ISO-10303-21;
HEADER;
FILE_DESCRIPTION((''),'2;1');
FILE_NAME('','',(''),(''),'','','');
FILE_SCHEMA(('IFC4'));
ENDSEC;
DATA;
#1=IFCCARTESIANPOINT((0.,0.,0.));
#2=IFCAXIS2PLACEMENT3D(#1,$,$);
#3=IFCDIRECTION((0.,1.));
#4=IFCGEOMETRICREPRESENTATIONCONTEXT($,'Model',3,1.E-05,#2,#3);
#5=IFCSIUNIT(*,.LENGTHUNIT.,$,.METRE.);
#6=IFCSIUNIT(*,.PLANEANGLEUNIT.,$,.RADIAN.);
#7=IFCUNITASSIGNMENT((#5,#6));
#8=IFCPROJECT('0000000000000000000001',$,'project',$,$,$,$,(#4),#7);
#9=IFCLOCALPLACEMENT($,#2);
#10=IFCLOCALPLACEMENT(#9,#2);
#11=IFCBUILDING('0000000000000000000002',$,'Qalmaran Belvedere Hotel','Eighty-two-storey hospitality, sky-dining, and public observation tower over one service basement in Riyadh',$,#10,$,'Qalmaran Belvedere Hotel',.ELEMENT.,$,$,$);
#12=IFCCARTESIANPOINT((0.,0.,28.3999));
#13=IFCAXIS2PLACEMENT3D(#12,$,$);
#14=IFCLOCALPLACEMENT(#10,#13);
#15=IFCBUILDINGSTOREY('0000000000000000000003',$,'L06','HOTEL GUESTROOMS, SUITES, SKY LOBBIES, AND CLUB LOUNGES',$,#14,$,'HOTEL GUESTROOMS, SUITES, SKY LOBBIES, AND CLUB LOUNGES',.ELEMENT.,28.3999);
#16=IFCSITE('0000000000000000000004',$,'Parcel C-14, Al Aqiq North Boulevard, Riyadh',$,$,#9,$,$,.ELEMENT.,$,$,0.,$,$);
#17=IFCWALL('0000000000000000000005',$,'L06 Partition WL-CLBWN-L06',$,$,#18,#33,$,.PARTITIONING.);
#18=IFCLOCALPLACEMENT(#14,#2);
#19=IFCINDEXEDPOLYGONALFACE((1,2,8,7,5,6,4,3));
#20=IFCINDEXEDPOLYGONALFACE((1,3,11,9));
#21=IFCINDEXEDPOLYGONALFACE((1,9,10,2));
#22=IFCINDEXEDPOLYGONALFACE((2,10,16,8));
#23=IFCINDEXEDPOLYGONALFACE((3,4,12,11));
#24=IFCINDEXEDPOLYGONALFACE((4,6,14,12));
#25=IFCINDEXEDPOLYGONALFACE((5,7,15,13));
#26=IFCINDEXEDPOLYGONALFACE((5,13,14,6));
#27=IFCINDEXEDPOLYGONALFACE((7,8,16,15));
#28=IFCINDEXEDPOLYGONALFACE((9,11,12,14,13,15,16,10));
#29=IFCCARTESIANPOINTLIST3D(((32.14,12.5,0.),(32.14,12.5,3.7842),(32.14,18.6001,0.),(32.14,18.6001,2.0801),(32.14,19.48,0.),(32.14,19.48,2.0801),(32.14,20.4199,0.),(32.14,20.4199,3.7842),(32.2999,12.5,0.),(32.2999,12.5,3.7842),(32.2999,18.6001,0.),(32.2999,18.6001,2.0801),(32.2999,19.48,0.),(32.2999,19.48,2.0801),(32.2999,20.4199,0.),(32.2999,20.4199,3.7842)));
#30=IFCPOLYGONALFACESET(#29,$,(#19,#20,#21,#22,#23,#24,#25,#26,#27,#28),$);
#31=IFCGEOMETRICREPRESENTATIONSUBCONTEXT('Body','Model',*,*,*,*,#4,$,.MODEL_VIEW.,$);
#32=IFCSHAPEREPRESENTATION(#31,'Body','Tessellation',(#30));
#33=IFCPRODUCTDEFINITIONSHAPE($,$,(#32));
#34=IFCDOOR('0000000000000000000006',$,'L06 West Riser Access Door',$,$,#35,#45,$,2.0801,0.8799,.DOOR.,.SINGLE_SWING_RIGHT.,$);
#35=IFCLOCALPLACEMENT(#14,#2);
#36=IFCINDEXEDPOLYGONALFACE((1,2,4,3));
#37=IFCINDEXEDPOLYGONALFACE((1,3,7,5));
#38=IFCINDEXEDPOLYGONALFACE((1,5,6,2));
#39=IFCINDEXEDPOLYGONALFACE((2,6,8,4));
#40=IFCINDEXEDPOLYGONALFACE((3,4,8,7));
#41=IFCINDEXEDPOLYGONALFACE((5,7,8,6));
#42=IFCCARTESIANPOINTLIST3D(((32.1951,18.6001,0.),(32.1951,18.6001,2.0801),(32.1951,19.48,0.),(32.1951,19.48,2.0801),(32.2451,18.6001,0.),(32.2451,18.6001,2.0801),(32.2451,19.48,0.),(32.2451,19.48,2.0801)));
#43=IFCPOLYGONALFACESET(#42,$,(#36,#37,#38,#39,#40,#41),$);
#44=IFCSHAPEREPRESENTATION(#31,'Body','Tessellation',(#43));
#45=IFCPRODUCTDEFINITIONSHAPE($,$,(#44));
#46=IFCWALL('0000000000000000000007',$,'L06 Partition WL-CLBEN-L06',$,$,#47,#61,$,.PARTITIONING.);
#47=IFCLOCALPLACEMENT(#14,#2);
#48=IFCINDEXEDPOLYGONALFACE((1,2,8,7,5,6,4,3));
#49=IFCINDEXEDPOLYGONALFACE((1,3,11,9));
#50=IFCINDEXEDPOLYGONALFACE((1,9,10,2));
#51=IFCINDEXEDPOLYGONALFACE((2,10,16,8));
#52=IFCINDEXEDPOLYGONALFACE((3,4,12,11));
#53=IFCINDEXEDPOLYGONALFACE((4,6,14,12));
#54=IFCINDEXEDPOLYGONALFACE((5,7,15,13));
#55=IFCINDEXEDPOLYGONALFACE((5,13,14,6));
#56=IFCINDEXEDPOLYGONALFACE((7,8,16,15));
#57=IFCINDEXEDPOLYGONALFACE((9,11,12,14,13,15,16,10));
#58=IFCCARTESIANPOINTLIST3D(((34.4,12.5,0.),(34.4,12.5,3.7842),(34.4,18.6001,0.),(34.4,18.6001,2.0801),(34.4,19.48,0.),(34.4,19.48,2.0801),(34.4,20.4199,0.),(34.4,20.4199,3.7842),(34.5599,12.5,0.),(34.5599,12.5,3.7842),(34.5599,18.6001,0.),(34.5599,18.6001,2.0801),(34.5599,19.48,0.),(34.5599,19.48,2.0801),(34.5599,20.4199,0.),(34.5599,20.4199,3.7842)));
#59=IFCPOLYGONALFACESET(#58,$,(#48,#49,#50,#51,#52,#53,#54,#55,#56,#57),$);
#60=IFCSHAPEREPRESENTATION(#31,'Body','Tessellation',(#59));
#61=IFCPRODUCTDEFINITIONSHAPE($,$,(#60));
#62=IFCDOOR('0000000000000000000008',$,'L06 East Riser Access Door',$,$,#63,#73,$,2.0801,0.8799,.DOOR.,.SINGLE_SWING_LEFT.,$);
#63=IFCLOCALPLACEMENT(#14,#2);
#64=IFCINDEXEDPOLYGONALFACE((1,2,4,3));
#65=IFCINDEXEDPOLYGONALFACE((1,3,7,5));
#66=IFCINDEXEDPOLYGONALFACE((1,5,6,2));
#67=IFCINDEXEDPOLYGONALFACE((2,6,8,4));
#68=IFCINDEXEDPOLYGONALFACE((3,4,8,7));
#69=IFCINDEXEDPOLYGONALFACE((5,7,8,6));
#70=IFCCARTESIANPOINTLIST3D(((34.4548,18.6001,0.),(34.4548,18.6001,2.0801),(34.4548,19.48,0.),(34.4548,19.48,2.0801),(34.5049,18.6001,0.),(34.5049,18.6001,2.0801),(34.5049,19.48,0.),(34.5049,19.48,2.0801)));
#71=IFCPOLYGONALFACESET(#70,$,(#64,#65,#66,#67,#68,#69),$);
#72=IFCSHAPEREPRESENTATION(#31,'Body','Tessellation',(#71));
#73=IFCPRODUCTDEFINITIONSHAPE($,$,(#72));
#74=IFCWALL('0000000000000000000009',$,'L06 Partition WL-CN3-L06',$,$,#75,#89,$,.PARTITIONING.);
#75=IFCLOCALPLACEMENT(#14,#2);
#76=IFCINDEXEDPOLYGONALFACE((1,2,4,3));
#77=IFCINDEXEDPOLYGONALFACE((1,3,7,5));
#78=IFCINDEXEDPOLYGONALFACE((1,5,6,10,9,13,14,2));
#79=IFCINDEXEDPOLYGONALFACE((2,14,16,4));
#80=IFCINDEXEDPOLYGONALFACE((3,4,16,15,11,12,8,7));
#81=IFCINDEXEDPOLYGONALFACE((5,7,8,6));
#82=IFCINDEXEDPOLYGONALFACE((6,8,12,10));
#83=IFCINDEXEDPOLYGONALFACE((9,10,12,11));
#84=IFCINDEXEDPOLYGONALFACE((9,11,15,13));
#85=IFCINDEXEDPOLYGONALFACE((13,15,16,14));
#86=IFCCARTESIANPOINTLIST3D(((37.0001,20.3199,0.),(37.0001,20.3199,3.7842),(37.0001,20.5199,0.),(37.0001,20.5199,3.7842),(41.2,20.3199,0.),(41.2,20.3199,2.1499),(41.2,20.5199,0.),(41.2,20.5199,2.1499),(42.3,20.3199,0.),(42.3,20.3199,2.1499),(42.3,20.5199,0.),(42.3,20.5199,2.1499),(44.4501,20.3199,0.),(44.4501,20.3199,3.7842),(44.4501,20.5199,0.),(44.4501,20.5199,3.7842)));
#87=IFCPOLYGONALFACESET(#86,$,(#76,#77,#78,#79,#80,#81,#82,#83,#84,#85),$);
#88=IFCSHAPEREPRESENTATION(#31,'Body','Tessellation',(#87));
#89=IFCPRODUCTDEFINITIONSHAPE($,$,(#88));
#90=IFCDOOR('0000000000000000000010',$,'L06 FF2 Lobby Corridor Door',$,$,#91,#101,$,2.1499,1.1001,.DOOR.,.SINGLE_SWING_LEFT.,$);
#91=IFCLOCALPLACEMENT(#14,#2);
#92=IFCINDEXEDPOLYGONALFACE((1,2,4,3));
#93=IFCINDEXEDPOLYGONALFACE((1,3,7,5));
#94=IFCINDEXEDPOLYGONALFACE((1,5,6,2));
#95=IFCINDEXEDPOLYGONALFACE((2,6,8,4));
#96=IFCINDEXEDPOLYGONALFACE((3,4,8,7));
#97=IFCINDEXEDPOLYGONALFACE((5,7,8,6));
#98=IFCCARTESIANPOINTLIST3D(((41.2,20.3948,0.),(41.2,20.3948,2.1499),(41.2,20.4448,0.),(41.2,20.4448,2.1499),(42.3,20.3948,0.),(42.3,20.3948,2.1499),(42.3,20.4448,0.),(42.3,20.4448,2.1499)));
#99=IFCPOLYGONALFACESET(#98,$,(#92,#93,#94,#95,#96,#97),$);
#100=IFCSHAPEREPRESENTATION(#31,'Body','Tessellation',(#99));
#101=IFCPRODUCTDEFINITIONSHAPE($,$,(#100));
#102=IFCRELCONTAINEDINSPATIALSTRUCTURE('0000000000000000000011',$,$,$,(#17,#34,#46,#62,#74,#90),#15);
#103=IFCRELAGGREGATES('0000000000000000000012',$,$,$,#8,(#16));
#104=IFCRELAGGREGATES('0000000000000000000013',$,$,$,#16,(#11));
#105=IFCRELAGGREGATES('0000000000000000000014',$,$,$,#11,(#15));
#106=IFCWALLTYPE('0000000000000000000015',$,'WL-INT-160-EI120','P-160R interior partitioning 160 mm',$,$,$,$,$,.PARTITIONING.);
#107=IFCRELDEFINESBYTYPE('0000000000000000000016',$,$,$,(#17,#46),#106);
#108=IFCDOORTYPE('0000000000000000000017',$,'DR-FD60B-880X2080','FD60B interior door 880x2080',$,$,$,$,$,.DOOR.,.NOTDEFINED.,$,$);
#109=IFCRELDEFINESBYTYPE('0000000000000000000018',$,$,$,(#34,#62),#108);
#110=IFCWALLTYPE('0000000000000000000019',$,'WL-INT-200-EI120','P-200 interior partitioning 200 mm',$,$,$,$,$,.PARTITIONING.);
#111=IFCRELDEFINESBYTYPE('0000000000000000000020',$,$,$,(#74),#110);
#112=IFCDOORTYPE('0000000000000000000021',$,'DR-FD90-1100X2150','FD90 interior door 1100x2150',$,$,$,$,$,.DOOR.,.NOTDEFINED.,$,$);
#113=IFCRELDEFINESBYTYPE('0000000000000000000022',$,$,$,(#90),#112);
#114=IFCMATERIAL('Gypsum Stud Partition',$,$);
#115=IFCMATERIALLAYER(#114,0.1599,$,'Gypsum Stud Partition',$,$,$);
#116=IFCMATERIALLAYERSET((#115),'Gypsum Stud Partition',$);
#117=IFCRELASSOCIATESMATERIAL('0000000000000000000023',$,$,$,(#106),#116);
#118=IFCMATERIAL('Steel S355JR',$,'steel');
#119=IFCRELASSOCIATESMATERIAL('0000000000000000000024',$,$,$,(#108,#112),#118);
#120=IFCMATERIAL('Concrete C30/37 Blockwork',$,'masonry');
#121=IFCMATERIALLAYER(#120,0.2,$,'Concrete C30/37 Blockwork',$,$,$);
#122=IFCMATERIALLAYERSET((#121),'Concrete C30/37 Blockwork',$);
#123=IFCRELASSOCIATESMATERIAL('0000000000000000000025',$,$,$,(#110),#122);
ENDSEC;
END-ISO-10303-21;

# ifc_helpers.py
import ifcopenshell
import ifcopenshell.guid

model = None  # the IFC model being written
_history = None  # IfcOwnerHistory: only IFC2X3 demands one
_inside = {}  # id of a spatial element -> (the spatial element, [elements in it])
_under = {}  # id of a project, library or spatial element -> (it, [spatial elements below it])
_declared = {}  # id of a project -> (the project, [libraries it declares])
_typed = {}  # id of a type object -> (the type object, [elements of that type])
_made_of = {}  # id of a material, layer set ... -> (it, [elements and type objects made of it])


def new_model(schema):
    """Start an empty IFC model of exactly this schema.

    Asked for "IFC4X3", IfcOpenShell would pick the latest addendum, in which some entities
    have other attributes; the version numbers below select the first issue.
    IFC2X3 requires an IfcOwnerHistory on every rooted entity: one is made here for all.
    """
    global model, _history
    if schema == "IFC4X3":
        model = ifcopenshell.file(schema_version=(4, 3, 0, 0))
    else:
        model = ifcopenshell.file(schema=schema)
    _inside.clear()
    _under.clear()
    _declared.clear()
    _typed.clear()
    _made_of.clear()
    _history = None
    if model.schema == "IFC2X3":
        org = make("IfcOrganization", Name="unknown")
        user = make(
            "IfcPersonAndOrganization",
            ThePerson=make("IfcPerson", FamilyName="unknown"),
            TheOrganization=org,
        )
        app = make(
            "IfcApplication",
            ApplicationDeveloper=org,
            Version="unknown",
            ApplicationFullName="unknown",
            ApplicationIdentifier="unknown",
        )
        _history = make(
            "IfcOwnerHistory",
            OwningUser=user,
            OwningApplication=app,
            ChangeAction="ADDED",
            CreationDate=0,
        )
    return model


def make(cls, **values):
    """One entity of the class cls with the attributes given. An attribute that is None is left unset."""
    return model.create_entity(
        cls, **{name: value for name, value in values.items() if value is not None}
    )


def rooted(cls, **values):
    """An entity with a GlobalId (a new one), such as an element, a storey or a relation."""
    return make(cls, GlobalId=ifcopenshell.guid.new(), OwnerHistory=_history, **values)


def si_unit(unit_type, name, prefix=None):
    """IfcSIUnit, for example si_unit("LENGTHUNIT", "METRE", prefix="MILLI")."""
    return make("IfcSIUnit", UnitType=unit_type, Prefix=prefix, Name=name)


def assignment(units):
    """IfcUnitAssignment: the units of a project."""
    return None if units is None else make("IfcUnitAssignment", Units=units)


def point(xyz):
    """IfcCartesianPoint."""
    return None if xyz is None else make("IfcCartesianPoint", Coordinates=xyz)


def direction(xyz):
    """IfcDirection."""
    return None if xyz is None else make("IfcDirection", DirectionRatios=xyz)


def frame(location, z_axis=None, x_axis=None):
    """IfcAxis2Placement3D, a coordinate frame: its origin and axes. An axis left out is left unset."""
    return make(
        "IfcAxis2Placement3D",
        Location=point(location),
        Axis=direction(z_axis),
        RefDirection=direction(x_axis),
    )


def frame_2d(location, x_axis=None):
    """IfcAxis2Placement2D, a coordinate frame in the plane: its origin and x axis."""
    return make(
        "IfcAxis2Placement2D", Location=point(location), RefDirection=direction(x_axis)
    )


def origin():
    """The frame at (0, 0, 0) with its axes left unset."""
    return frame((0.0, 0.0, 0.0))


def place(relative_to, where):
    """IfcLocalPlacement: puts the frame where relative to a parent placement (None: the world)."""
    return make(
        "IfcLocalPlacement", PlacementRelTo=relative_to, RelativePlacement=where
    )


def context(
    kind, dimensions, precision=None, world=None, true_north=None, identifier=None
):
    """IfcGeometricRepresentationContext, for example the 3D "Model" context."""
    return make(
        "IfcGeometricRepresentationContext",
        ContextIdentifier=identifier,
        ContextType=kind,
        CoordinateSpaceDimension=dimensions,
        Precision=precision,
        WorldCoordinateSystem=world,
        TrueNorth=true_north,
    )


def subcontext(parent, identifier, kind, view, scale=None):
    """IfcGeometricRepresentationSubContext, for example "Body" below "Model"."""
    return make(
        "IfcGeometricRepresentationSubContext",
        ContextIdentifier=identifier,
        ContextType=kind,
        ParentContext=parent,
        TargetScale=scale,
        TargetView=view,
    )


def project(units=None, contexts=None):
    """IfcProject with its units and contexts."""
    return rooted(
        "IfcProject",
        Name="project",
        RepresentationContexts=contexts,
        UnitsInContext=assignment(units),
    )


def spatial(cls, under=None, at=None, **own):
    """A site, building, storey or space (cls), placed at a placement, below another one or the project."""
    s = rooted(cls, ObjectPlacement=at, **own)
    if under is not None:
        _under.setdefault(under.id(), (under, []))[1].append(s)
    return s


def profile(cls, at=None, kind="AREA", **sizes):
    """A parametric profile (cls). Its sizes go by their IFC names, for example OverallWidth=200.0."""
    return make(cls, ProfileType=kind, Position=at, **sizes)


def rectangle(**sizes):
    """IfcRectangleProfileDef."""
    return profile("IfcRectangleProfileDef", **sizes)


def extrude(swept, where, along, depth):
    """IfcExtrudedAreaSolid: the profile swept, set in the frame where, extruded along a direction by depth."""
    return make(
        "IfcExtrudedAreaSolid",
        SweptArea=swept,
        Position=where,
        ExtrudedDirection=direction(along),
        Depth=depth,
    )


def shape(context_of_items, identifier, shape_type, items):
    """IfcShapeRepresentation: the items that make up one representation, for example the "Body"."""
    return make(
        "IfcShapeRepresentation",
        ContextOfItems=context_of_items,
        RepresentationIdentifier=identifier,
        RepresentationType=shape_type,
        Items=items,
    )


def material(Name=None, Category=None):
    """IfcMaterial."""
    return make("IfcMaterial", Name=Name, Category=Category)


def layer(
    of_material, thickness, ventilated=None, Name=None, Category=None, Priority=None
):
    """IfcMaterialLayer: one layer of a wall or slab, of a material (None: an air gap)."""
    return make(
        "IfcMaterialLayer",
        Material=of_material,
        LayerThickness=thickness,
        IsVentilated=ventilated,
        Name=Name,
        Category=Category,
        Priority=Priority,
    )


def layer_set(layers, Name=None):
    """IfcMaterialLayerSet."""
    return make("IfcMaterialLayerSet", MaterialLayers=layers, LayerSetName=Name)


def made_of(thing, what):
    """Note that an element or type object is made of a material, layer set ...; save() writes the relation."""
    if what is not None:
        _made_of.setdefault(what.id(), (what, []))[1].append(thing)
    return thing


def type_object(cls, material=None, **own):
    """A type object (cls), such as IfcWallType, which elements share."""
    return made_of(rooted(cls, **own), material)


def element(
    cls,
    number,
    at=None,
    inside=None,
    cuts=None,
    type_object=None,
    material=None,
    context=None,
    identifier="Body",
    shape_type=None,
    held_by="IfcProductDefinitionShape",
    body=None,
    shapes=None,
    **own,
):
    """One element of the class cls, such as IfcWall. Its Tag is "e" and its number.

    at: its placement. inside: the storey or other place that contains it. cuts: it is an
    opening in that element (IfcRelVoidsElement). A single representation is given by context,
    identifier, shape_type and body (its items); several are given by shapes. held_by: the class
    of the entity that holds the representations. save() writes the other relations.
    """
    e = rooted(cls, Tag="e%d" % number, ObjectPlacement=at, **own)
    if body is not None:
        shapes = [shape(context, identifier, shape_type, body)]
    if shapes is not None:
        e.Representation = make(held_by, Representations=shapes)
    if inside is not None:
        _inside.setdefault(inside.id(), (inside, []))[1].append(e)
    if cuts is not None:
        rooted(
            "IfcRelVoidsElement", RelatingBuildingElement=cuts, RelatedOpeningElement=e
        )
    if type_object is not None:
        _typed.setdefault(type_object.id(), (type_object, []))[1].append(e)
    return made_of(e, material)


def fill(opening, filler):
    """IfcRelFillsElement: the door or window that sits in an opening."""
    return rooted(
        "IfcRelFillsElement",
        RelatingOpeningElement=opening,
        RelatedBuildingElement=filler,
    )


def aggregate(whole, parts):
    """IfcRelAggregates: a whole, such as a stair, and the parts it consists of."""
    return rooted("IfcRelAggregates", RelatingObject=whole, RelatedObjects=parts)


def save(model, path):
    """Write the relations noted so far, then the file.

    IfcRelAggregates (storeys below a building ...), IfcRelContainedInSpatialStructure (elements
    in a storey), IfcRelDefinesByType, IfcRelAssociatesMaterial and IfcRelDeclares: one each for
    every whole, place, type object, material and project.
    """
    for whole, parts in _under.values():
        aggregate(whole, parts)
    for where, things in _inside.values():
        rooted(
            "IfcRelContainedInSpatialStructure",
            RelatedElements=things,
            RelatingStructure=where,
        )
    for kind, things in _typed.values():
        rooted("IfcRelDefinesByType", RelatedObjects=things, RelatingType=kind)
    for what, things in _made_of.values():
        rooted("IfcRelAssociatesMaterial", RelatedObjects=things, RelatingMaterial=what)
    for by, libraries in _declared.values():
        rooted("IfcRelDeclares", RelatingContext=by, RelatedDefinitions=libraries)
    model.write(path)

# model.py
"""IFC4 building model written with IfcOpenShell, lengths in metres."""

from ifc_helpers import new_model, si_unit, direction, frame, frame_2d, origin, place, context, subcontext, project, spatial, rectangle, extrude, material, layer, layer_set, type_object, element, fill, save


model = new_model("IFC4")

# Units and contexts
model_context = context("Model", 3, precision=1e-05, world=origin(), true_north=direction((0.0, 1.0)))
body_context = subcontext(model_context, "Body", "Model", "MODEL_VIEW")
ifc_project = project(units=[si_unit("LENGTHUNIT", "METRE"), si_unit("PLANEANGLEUNIT", "RADIAN")], contexts=[model_context])

# Site, building, storey
site_placement = place(None, origin())
site = spatial("IfcSite", under=ifc_project, at=site_placement, Name="Parcel C-14, Al Aqiq North Boulevard, Riyadh", CompositionType="ELEMENT", RefElevation=0.0)
building_placement = place(site_placement, origin())
building = spatial("IfcBuilding", under=site, at=building_placement, Name="Qalmaran Belvedere Hotel", Description="Eighty-two-storey hospitality, sky-dining, and public observation tower over one service basement in Riyadh", LongName="Qalmaran Belvedere Hotel", CompositionType="ELEMENT")
storey_placement = place(building_placement, frame((0.0, 0.0, 28.3999)))
storey = spatial("IfcBuildingStorey", under=building, at=storey_placement, Name="L06", Description="HOTEL GUESTROOMS, SUITES, SKY LOBBIES, AND CLUB LOUNGES", LongName="HOTEL GUESTROOMS, SUITES, SKY LOBBIES, AND CLUB LOUNGES", CompositionType="ELEMENT", Elevation=28.3999)

# Shared definitions
ifc_material_1 = material(Name="Steel S355JR", Category="steel")

# Shared definitions
ifc_material_2 = material(Name="Gypsum Stud Partition")

# Shared definitions
ifc_layer_1 = layer(ifc_material_2, 0.1599, Name="Gypsum Stud Partition")
ifc_layer_set_1 = layer_set([ifc_layer_1], Name="Gypsum Stud Partition")
wall_type_1 = type_object("IfcWallType", Name="WL-INT-160-EI120", Description="P-160R interior partitioning 160 mm", PredefinedType="PARTITIONING", material=ifc_layer_set_1)

# Walls, openings, doors
wall_1_placement = place(storey_placement, frame((32.22, 12.5, 0.0), z_axis=(0.0, 0.0, 1.0), x_axis=(0.0, 1.0, 0.0)))
wall_1 = element("IfcWall", 1, at=wall_1_placement, inside=storey, type_object=wall_type_1, Name="L06 Partition WL-CLBWN-L06", PredefinedType="PARTITIONING", context=body_context, shape_type="SweptSolid", body=[
    extrude(rectangle(XDim=7.9199, YDim=0.1599, at=frame_2d((3.96, 0.0))), origin(), (0.0, 0.0, 1.0), 3.7842),
])
opening_1_placement = place(wall_1_placement, frame((6.1001, 0.0, 0.0)))
opening_1 = element("IfcOpeningElement", 2, at=opening_1_placement, cuts=wall_1, PredefinedType="OPENING", context=body_context, shape_type="SweptSolid", body=[
    extrude(rectangle(XDim=0.8799, YDim=2.0801, at=frame_2d((0.4399, 1.04))), frame((0.0, 0.0898, 0.0), z_axis=(0.0, -1.0, 0.0), x_axis=(1.0, 0.0, 0.0)), (0.0, 0.0, 1.0), 0.1799),
])
door_type_1 = type_object("IfcDoorType", Name="DR-FD60B-880X2080", Description="FD60B interior door 880x2080", OperationType="NOTDEFINED", PredefinedType="DOOR", material=ifc_material_1)
door_1_placement = place(opening_1_placement, origin())
door_1 = element("IfcDoor", 3, at=door_1_placement, inside=storey, type_object=door_type_1, Name="L06 West Riser Access Door", OperationType="SINGLE_SWING_RIGHT", OverallHeight=2.0801, OverallWidth=0.8799, PredefinedType="DOOR", context=body_context, shape_type="SweptSolid", body=[
    extrude(rectangle(XDim=0.8799, YDim=2.0801, at=frame_2d((0.4399, 1.04))), frame((0.0, 0.0249, 0.0), z_axis=(0.0, -1.0, 0.0), x_axis=(1.0, 0.0, 0.0)), (0.0, 0.0, 1.0), 0.05),
])
fill(opening_1, door_1)
wall_2_placement = place(storey_placement, frame((34.48, 12.5, 0.0), z_axis=(0.0, 0.0, 1.0), x_axis=(0.0, 1.0, 0.0)))
wall_2 = element("IfcWall", 4, at=wall_2_placement, inside=storey, type_object=wall_type_1, Name="L06 Partition WL-CLBEN-L06", PredefinedType="PARTITIONING", context=body_context, shape_type="SweptSolid", body=[
    extrude(rectangle(XDim=7.9199, YDim=0.1599, at=frame_2d((3.96, 0.0))), origin(), (0.0, 0.0, 1.0), 3.7842),
])
opening_2_placement = place(wall_2_placement, frame((6.98, 0.0, 0.0), z_axis=(0.0, 0.0, 1.0), x_axis=(-1.0, 0.0, 0.0)))
opening_2 = element("IfcOpeningElement", 5, at=opening_2_placement, cuts=wall_2, PredefinedType="OPENING", context=body_context, shape_type="SweptSolid", body=[
    extrude(rectangle(XDim=0.8799, YDim=2.0801, at=frame_2d((0.4399, 1.04))), frame((0.0, 0.0898, 0.0), z_axis=(0.0, -1.0, 0.0), x_axis=(1.0, 0.0, 0.0)), (0.0, 0.0, 1.0), 0.1799),
])
door_2_placement = place(opening_2_placement, origin())
door_2 = element("IfcDoor", 6, at=door_2_placement, inside=storey, type_object=door_type_1, Name="L06 East Riser Access Door", OperationType="SINGLE_SWING_LEFT", OverallHeight=2.0801, OverallWidth=0.8799, PredefinedType="DOOR", context=body_context, shape_type="SweptSolid", body=[
    extrude(rectangle(XDim=0.8799, YDim=2.0801, at=frame_2d((0.4399, 1.04))), frame((0.0, 0.0249, 0.0), z_axis=(0.0, -1.0, 0.0), x_axis=(1.0, 0.0, 0.0)), (0.0, 0.0, 1.0), 0.05),
])
fill(opening_2, door_2)
ifc_material_3 = material(Name="Concrete C30/37 Blockwork", Category="masonry")
ifc_layer_2 = layer(ifc_material_3, 0.2, Name="Concrete C30/37 Blockwork")
ifc_layer_set_2 = layer_set([ifc_layer_2], Name="Concrete C30/37 Blockwork")
wall_type_2 = type_object("IfcWallType", Name="WL-INT-200-EI120", Description="P-200 interior partitioning 200 mm", PredefinedType="PARTITIONING", material=ifc_layer_set_2)
wall_3_placement = place(storey_placement, frame((37.0, 20.4199, 0.0), z_axis=(0.0, 0.0, 1.0), x_axis=(1.0, 0.0, 0.0)))
wall_3 = element("IfcWall", 7, at=wall_3_placement, inside=storey, type_object=wall_type_2, Name="L06 Partition WL-CN3-L06", PredefinedType="PARTITIONING", context=body_context, shape_type="SweptSolid", body=[
    extrude(rectangle(XDim=7.45, YDim=0.2, at=frame_2d((3.7251, 0.0))), origin(), (0.0, 0.0, 1.0), 3.7842),
])
opening_3_placement = place(wall_3_placement, frame((4.2, 0.0, 0.0)))
opening_3 = element("IfcOpeningElement", 8, at=opening_3_placement, cuts=wall_3, PredefinedType="OPENING", context=body_context, shape_type="SweptSolid", body=[
    extrude(rectangle(XDim=1.1001, YDim=2.1499, at=frame_2d((0.55, 1.075))), frame((0.0, 0.1099, 0.0), z_axis=(0.0, -1.0, 0.0), x_axis=(1.0, 0.0, 0.0)), (0.0, 0.0, 1.0), 0.22),
])
door_type_2 = type_object("IfcDoorType", Name="DR-FD90-1100X2150", Description="FD90 interior door 1100x2150", OperationType="NOTDEFINED", PredefinedType="DOOR", material=ifc_material_1)
door_3_placement = place(opening_3_placement, origin())
door_3 = element("IfcDoor", 9, at=door_3_placement, inside=storey, type_object=door_type_2, Name="L06 FF2 Lobby Corridor Door", OperationType="SINGLE_SWING_LEFT", OverallHeight=2.1499, OverallWidth=1.1001, PredefinedType="DOOR", context=body_context, shape_type="SweptSolid", body=[
    extrude(rectangle(XDim=1.1001, YDim=2.1499, at=frame_2d((0.55, 1.075))), frame((0.0, 0.0249, 0.0), z_axis=(0.0, -1.0, 0.0), x_axis=(1.0, 0.0, 0.0)), (0.0, 0.0, 1.0), 0.05),
])
fill(opening_3, door_3)

save(model, "model.ifc")
